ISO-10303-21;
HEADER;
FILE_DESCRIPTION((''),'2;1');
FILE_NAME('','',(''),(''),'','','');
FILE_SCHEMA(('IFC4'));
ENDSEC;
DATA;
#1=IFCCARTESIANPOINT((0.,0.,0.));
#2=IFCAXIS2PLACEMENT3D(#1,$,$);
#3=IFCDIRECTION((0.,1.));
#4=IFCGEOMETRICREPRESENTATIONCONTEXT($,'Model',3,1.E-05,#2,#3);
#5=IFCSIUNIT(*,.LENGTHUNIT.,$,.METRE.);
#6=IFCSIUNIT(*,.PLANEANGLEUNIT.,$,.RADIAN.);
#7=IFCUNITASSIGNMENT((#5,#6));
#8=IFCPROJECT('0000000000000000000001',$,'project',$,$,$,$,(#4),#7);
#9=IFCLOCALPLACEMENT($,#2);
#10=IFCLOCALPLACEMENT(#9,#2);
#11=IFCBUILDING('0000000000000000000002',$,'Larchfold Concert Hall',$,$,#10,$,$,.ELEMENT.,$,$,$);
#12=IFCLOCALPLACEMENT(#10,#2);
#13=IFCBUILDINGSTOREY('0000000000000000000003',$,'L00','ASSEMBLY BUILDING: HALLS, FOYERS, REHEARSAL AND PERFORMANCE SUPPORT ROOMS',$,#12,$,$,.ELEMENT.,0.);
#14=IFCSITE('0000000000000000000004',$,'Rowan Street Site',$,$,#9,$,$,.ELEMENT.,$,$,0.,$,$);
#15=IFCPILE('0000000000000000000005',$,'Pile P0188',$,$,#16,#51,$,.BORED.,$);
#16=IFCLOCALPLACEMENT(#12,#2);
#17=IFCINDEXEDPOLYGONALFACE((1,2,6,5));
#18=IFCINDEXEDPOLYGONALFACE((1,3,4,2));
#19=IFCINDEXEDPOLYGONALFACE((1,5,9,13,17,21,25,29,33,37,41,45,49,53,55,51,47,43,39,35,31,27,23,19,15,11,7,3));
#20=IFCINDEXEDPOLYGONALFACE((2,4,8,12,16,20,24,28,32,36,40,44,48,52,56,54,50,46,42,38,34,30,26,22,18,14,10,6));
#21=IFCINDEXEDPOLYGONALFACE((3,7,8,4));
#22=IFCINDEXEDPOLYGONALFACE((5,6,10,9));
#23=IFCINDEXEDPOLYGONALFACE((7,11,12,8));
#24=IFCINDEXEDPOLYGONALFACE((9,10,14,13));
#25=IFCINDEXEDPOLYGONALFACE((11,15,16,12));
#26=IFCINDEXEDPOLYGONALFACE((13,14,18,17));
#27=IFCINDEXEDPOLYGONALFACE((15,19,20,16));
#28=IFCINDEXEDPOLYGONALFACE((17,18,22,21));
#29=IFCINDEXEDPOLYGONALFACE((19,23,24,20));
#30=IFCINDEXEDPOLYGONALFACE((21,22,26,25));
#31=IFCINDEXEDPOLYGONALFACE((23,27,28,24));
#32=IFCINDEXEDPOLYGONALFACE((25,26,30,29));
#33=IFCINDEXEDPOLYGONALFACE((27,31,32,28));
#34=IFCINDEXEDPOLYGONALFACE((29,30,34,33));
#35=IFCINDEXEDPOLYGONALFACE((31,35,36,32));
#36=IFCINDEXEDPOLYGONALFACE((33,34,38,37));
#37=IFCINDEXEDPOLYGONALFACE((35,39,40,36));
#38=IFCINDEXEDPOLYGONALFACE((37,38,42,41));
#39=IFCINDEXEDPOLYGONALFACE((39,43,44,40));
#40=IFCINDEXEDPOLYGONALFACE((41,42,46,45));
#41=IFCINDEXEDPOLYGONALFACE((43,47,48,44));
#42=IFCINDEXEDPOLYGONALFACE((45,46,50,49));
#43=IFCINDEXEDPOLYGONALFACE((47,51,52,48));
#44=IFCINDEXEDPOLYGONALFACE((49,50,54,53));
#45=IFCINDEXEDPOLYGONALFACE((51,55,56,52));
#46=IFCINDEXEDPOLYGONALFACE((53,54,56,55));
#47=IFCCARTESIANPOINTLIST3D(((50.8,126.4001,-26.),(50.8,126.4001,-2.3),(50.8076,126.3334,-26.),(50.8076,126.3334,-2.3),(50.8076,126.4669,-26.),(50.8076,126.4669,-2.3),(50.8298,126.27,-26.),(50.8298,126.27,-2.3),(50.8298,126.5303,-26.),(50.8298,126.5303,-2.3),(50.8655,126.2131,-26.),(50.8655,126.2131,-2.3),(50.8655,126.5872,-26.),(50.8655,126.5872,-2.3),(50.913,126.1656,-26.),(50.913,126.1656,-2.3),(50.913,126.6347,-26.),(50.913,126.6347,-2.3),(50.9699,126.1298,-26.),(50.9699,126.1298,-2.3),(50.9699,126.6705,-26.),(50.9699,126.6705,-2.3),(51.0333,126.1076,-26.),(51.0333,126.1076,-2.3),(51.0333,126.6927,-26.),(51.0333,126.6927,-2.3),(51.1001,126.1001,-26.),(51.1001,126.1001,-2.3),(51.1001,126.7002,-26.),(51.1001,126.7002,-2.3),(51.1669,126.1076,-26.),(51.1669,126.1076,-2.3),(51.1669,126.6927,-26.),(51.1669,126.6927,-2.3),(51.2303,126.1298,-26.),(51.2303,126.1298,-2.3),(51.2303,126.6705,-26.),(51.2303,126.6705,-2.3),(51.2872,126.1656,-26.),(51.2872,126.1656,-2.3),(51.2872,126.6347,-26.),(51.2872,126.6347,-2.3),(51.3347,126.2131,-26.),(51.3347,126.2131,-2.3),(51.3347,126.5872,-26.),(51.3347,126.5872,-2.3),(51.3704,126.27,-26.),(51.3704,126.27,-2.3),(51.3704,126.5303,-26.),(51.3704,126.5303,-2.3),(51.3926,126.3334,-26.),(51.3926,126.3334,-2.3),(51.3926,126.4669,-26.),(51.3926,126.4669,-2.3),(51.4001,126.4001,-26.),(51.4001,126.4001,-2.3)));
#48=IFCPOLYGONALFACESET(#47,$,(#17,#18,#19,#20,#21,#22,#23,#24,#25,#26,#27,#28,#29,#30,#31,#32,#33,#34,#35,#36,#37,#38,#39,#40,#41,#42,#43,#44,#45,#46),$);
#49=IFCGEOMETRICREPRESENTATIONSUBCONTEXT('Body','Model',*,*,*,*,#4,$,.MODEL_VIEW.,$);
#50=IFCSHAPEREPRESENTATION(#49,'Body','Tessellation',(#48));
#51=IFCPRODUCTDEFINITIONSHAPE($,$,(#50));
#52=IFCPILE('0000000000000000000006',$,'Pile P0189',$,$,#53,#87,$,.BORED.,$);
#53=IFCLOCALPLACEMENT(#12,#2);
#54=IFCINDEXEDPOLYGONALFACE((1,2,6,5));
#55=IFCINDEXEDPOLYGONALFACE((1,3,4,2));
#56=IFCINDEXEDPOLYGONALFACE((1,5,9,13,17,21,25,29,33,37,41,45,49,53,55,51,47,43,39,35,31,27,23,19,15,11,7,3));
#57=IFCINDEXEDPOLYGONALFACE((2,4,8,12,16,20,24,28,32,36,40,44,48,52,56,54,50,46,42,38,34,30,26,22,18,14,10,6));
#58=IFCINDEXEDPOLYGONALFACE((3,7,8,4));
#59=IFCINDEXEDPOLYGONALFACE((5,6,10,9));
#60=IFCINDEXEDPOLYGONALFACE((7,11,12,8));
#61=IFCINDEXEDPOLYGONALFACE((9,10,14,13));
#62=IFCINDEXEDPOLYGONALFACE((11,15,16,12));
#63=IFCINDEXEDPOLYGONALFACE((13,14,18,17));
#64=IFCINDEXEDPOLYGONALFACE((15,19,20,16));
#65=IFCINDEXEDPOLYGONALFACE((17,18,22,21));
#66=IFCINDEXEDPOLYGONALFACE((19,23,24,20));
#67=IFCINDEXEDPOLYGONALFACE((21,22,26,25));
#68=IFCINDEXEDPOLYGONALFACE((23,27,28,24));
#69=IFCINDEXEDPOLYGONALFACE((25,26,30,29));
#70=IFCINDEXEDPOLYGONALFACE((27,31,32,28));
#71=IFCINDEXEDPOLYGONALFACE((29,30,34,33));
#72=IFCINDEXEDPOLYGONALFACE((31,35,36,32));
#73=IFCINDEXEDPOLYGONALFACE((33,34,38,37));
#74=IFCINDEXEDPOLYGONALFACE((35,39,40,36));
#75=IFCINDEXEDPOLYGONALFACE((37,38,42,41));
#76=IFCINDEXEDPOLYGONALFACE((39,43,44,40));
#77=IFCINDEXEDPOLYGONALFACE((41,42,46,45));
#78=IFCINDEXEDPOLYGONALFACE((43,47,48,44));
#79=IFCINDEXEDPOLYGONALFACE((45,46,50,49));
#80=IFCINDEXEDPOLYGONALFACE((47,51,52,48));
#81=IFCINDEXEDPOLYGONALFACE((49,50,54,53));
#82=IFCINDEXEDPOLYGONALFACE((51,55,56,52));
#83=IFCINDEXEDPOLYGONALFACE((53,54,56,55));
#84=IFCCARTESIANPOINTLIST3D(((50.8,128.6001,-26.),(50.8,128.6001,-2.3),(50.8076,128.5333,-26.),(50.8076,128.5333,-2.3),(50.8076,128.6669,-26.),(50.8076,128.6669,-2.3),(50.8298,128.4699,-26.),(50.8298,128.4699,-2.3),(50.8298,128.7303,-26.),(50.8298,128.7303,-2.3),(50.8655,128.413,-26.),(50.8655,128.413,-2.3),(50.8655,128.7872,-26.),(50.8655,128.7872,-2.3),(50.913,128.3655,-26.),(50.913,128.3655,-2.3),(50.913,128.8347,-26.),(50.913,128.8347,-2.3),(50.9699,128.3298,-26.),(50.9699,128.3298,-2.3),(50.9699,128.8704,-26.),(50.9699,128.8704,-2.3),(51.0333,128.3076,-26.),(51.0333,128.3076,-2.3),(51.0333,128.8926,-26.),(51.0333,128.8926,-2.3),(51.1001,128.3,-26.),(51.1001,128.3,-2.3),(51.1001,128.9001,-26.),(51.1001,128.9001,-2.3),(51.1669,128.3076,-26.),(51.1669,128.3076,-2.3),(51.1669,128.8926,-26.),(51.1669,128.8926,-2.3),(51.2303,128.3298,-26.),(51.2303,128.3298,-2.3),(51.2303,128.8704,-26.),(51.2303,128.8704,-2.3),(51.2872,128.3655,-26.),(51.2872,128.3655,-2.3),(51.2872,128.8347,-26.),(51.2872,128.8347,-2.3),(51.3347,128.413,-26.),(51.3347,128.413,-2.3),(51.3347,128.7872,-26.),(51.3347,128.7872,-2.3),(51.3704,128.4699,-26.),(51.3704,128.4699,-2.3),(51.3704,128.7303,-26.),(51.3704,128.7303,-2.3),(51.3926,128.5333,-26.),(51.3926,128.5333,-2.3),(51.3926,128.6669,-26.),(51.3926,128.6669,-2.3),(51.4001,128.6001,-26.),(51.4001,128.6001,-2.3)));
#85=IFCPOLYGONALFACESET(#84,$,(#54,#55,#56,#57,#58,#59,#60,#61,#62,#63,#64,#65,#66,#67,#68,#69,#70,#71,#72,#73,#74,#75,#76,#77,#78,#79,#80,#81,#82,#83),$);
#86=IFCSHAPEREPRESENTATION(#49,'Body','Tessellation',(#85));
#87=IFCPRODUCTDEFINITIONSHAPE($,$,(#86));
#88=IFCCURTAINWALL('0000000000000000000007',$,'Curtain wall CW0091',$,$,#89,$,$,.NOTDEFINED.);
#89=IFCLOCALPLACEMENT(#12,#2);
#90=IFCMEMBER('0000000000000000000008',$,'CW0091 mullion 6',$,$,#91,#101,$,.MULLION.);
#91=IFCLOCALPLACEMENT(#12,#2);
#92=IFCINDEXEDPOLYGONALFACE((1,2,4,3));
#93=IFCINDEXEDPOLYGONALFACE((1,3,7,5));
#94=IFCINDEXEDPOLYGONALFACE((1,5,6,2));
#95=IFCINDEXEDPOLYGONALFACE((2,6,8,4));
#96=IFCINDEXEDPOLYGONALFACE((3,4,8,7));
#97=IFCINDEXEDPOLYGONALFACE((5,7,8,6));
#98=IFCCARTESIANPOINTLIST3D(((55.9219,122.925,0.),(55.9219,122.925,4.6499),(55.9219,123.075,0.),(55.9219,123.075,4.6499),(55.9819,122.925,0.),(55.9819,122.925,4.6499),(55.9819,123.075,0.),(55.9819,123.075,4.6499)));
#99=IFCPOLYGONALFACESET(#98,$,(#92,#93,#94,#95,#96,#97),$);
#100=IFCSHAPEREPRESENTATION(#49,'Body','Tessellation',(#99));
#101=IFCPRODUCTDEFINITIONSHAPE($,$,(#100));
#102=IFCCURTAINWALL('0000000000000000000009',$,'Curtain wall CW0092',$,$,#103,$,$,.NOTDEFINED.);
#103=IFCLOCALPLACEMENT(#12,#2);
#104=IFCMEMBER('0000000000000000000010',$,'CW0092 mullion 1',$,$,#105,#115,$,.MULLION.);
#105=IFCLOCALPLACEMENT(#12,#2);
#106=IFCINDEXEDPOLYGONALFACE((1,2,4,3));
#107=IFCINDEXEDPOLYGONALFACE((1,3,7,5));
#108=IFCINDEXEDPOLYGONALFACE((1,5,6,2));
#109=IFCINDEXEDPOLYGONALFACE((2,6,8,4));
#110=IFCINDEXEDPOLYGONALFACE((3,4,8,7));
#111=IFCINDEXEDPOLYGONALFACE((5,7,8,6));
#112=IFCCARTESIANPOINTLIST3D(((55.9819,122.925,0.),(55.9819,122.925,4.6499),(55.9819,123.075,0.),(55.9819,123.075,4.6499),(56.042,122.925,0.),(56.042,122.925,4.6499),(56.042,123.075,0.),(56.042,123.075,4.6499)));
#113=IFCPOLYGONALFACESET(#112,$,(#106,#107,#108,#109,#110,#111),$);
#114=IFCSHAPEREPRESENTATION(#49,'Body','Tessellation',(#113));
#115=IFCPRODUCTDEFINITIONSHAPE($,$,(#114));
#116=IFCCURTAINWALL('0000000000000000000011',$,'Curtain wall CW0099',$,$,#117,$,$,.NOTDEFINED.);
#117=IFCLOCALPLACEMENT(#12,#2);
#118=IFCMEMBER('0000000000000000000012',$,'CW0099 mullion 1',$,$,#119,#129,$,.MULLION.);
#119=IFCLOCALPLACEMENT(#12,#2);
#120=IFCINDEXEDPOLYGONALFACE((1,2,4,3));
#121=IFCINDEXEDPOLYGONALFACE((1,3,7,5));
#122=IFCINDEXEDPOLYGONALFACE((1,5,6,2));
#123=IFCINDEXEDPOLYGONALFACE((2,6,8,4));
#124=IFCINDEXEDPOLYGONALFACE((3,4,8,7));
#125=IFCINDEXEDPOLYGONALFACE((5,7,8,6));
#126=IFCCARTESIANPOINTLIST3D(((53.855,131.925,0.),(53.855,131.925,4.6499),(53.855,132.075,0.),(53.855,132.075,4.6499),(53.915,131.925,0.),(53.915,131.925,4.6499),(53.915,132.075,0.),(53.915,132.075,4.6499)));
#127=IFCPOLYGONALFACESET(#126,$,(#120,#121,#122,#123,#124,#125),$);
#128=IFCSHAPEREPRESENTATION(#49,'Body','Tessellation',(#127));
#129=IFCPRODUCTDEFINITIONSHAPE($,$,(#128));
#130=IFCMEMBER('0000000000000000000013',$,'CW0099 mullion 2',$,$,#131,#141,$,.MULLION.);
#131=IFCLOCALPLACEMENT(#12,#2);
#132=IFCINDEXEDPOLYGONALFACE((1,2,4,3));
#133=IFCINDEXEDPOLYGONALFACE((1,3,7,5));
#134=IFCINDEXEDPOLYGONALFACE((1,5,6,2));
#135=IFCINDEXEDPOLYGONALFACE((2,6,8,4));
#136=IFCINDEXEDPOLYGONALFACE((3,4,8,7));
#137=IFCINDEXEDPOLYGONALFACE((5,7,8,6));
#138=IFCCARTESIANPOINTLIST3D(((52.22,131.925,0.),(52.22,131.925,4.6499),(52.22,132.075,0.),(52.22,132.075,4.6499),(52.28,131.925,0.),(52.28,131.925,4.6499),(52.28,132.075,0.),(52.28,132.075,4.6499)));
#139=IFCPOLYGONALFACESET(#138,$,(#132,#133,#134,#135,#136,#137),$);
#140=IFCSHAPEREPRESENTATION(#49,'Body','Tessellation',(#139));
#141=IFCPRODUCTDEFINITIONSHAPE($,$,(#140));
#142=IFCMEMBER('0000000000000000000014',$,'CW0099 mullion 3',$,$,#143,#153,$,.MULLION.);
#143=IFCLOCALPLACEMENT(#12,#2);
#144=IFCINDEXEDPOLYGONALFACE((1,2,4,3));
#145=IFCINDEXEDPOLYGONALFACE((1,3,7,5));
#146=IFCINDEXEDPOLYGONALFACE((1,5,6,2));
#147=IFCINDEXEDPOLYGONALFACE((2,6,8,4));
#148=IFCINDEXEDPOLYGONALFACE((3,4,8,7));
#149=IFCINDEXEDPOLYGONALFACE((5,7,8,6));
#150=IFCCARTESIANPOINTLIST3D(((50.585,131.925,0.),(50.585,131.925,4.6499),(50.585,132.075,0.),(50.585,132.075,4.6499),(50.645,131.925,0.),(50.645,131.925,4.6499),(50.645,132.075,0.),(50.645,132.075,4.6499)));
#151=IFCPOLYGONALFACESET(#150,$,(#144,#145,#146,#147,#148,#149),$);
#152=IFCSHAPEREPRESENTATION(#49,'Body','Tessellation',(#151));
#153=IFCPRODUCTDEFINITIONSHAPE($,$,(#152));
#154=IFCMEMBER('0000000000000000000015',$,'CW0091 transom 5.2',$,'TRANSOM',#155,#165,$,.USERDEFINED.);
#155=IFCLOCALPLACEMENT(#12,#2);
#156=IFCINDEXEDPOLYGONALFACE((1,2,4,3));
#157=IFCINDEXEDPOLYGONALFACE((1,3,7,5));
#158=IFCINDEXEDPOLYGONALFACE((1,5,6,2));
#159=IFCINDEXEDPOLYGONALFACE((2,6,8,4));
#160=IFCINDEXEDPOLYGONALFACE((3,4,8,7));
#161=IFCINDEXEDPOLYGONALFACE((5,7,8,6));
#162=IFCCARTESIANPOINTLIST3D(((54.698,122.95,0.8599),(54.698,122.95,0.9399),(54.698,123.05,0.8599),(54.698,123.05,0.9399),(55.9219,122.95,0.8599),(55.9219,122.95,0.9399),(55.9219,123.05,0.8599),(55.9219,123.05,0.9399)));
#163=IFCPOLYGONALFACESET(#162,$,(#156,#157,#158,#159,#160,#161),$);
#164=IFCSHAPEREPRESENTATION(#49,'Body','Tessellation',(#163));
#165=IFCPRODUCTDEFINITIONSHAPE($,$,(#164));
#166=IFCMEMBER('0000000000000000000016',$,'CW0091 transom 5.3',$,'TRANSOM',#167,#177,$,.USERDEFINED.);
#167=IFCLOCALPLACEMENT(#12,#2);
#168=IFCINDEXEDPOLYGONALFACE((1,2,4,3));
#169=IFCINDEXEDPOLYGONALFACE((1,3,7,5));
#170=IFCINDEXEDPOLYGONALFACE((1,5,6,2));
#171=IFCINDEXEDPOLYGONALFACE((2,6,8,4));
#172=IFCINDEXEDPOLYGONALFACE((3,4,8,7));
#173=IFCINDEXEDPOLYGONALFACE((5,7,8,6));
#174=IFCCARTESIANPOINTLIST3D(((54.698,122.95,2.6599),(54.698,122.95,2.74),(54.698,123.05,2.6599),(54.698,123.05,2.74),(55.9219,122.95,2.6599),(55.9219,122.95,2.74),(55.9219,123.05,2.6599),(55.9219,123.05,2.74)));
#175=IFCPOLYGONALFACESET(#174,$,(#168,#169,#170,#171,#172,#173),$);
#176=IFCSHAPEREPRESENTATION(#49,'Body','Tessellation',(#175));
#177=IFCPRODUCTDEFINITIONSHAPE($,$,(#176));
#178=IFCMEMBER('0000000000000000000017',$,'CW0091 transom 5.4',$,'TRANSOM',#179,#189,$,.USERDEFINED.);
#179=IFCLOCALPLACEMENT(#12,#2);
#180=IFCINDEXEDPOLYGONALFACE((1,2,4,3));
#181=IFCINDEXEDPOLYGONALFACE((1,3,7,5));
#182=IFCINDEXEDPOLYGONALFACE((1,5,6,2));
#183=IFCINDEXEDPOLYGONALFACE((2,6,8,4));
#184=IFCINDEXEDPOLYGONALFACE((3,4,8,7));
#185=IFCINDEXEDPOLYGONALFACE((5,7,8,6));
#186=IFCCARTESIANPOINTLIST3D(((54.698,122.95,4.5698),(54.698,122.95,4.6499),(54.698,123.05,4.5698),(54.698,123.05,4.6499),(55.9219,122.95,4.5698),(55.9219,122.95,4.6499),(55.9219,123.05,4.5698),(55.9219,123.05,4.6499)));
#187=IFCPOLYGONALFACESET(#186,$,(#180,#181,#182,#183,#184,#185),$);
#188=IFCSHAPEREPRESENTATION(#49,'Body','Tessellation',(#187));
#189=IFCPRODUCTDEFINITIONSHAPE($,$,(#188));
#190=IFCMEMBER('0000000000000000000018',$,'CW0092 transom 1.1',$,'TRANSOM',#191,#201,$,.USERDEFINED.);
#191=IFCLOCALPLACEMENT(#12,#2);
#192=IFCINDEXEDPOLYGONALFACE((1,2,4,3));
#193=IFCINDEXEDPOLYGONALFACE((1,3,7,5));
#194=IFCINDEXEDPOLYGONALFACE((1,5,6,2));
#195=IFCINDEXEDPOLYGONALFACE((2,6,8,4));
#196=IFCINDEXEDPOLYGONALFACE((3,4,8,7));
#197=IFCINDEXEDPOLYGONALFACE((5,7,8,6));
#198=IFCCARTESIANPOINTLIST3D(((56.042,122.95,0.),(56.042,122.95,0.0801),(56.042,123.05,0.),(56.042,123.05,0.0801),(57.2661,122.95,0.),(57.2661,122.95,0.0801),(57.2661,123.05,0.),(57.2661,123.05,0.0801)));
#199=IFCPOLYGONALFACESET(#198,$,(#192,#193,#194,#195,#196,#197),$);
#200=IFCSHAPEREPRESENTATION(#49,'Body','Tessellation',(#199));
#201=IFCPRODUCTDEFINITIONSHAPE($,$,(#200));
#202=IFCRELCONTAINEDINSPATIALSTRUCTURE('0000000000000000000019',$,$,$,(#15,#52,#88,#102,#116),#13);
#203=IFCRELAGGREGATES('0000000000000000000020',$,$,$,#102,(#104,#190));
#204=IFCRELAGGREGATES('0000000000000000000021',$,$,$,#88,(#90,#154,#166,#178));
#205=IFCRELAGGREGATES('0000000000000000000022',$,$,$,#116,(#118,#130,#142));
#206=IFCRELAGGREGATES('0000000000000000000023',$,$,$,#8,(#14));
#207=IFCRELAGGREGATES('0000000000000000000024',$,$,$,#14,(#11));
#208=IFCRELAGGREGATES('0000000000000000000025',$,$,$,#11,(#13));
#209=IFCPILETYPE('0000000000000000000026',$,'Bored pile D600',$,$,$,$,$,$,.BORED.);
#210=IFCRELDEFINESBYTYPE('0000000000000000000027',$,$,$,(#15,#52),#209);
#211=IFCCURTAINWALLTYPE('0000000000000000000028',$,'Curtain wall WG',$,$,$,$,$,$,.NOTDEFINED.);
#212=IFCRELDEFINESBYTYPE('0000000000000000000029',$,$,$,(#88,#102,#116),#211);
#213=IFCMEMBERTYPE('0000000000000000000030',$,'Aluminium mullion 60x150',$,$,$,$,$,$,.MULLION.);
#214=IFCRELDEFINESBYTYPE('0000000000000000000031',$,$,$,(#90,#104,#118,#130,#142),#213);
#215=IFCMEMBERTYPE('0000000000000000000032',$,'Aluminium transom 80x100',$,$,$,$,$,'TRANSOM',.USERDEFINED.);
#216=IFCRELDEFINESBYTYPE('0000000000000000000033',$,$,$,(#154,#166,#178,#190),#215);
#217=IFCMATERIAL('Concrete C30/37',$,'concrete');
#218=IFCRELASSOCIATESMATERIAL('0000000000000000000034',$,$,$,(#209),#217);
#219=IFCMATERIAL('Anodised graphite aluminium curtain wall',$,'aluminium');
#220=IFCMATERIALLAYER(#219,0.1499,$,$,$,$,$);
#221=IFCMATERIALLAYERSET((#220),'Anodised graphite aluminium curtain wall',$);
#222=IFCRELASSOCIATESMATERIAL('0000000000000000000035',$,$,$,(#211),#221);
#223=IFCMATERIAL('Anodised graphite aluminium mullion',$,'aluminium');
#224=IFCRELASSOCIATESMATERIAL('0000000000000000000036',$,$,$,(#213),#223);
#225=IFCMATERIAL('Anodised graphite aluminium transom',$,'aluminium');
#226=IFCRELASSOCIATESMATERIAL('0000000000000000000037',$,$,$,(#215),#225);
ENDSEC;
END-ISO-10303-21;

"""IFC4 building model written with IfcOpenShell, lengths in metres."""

from ifc_helpers import new_model, si_unit, direction, frame, origin, origin_2d, place, context, subcontext, project, spatial, rectangle, circle, extrude, material, layer, layer_set, material_profile, profile_set, type_object, element, aggregate, save


model = new_model("IFC4")

# Units and contexts
model_context = context("Model", 3, precision=1e-05, world=origin(), true_north=direction((0.0, 1.0)))
body_context = subcontext(model_context, "Body", "Model", "MODEL_VIEW")
ifc_project = project(units=[si_unit("LENGTHUNIT", "METRE"), si_unit("PLANEANGLEUNIT", "RADIAN")], contexts=[model_context])

# Site, building, storey
site_placement = place(None, origin())
site = spatial("IfcSite", under=ifc_project, at=site_placement, Name="Rowan Street Site", CompositionType="ELEMENT", RefElevation=0.0)
building_placement = place(site_placement, origin())
building = spatial("IfcBuilding", under=site, at=building_placement, Name="Larchfold Concert Hall", CompositionType="ELEMENT")
storey_placement = place(building_placement, origin())
storey = spatial("IfcBuildingStorey", under=building, at=storey_placement, Name="L00", Description="ASSEMBLY BUILDING: HALLS, FOYERS, REHEARSAL AND PERFORMANCE SUPPORT ROOMS", CompositionType="ELEMENT", Elevation=0.0)

# Piles
ifc_material_1 = material(Name="Concrete C30/37", Category="concrete")
ifc_material_profile_1 = material_profile(ifc_material_1, circle(Radius=0.3, at=origin_2d()))
ifc_profile_set_1 = profile_set([ifc_material_profile_1], Name="Concrete C30/37")
pile_type = type_object("IfcPileType", Name="Bored pile D600", PredefinedType="BORED", material=ifc_profile_set_1)
for number, where, z_axis, x_axis, name in (
    (1, (51.1001, 126.4001, -2.3), (0.0, 0.0, -1.0), (1.0, 0.0, 0.0), "Pile P0188"),
    (2, (51.1001, 128.6001, -2.3), (0.0, 0.0, -1.0), (1.0, 0.0, 0.0), "Pile P0189"),
):
    element("IfcPile", number, at=place(storey_placement, frame(where, z_axis=z_axis, x_axis=x_axis)), inside=storey, type_object=pile_type, Name=name, PredefinedType="BORED", context=body_context, shape_type="SweptSolid", body=[
        extrude(circle(Radius=0.3, at=origin_2d()), origin(), (0.0, 0.0, 1.0), 23.7),
    ])

# Curtain walls, members
ifc_material_2 = material(Name="Anodised graphite aluminium curtain wall", Category="aluminium")
ifc_layer_1 = layer(ifc_material_2, 0.1499)
ifc_layer_set_1 = layer_set([ifc_layer_1], Name="Anodised graphite aluminium curtain wall")
curtain_wall_type = type_object("IfcCurtainWallType", Name="Curtain wall WG", PredefinedType="NOTDEFINED", material=ifc_layer_set_1)
curtain_wall_1_placement = place(storey_placement, origin())
curtain_wall_1 = element("IfcCurtainWall", 3, at=curtain_wall_1_placement, inside=storey, type_object=curtain_wall_type, Name="Curtain wall CW0091", PredefinedType="NOTDEFINED")
ifc_material_3 = material(Name="Anodised graphite aluminium mullion", Category="aluminium")
ifc_material_profile_2 = material_profile(ifc_material_3, rectangle(XDim=0.1499, YDim=0.0601, at=origin_2d()))
ifc_profile_set_2 = profile_set([ifc_material_profile_2], Name="Anodised graphite aluminium mullion")
member_type_1 = type_object("IfcMemberType", Name="Aluminium mullion 60x150", PredefinedType="MULLION", material=ifc_profile_set_2)
member_1_placement = place(storey_placement, frame((55.9519, 123.0, 0.0), z_axis=(0.0, 0.0, 1.0), x_axis=(0.0, 1.0, 0.0)))
member_1 = element("IfcMember", 4, at=member_1_placement, type_object=member_type_1, Name="CW0091 mullion 6", PredefinedType="MULLION", context=body_context, shape_type="SweptSolid", body=[
    extrude(rectangle(XDim=0.1499, YDim=0.0601, at=origin_2d()), origin(), (0.0, 0.0, 1.0), 4.6499),
])
curtain_wall_2_placement = place(storey_placement, origin())
curtain_wall_2 = element("IfcCurtainWall", 5, at=curtain_wall_2_placement, inside=storey, type_object=curtain_wall_type, Name="Curtain wall CW0092", PredefinedType="NOTDEFINED")
member_2_placement = place(storey_placement, frame((56.012, 123.0, 0.0), z_axis=(0.0, 0.0, 1.0), x_axis=(0.0, 1.0, 0.0)))
member_2 = element("IfcMember", 6, at=member_2_placement, type_object=member_type_1, Name="CW0092 mullion 1", PredefinedType="MULLION", context=body_context, shape_type="SweptSolid", body=[
    extrude(rectangle(XDim=0.1499, YDim=0.0601, at=origin_2d()), origin(), (0.0, 0.0, 1.0), 4.6499),
])

# Curtain wall, members
curtain_wall_3_placement = place(storey_placement, origin())
curtain_wall_3 = element("IfcCurtainWall", 7, at=curtain_wall_3_placement, inside=storey, type_object=curtain_wall_type, Name="Curtain wall CW0099", PredefinedType="NOTDEFINED")
member_3_placement = place(storey_placement, frame((53.885, 132.0, 0.0), z_axis=(0.0, 0.0, 1.0), x_axis=(0.0, -1.0, 0.0)))
member_3 = element("IfcMember", 8, at=member_3_placement, type_object=member_type_1, Name="CW0099 mullion 1", PredefinedType="MULLION", context=body_context, shape_type="SweptSolid", body=[
    extrude(rectangle(XDim=0.1499, YDim=0.0601, at=origin_2d()), origin(), (0.0, 0.0, 1.0), 4.6499),
])
member_4_placement = place(storey_placement, frame((52.25, 132.0, 0.0), z_axis=(0.0, 0.0, 1.0), x_axis=(0.0, -1.0, 0.0)))
member_4 = element("IfcMember", 9, at=member_4_placement, type_object=member_type_1, Name="CW0099 mullion 2", PredefinedType="MULLION", context=body_context, shape_type="SweptSolid", body=[
    extrude(rectangle(XDim=0.1499, YDim=0.0601, at=origin_2d()), origin(), (0.0, 0.0, 1.0), 4.6499),
])
member_5_placement = place(storey_placement, frame((50.615, 132.0, 0.0), z_axis=(0.0, 0.0, 1.0), x_axis=(0.0, -1.0, 0.0)))
member_5 = element("IfcMember", 10, at=member_5_placement, type_object=member_type_1, Name="CW0099 mullion 3", PredefinedType="MULLION", context=body_context, shape_type="SweptSolid", body=[
    extrude(rectangle(XDim=0.1499, YDim=0.0601, at=origin_2d()), origin(), (0.0, 0.0, 1.0), 4.6499),
])

# Members
ifc_material_4 = material(Name="Anodised graphite aluminium transom", Category="aluminium")
ifc_material_profile_3 = material_profile(ifc_material_4, rectangle(XDim=0.1001, YDim=0.0801, at=origin_2d()))
ifc_profile_set_3 = profile_set([ifc_material_profile_3], Name="Anodised graphite aluminium transom")
member_type_2 = type_object("IfcMemberType", Name="Aluminium transom 80x100", ElementType="TRANSOM", PredefinedType="USERDEFINED", material=ifc_profile_set_3)
member_6_placement = place(storey_placement, frame((54.698, 123.0, 0.8999), z_axis=(1.0, 0.0, 0.0), x_axis=(0.0, 1.0, 0.0)))
member_6 = element("IfcMember", 11, at=member_6_placement, type_object=member_type_2, Name="CW0091 transom 5.2", ObjectType="TRANSOM", PredefinedType="USERDEFINED", context=body_context, shape_type="SweptSolid", body=[
    extrude(rectangle(XDim=0.1001, YDim=0.0801, at=origin_2d()), origin(), (0.0, 0.0, 1.0), 1.2239),
])
member_7_placement = place(storey_placement, frame((54.698, 123.0, 2.7), z_axis=(1.0, 0.0, 0.0), x_axis=(0.0, 1.0, 0.0)))
member_7 = element("IfcMember", 12, at=member_7_placement, type_object=member_type_2, Name="CW0091 transom 5.3", ObjectType="TRANSOM", PredefinedType="USERDEFINED", context=body_context, shape_type="SweptSolid", body=[
    extrude(rectangle(XDim=0.1001, YDim=0.0801, at=origin_2d()), origin(), (0.0, 0.0, 1.0), 1.2239),
])
member_8_placement = place(storey_placement, frame((54.698, 123.0, 4.6099), z_axis=(1.0, 0.0, 0.0), x_axis=(0.0, 1.0, 0.0)))
member_8 = element("IfcMember", 13, at=member_8_placement, type_object=member_type_2, Name="CW0091 transom 5.4", ObjectType="TRANSOM", PredefinedType="USERDEFINED", context=body_context, shape_type="SweptSolid", body=[
    extrude(rectangle(XDim=0.1001, YDim=0.0801, at=origin_2d()), origin(), (0.0, 0.0, 1.0), 1.2239),
])
member_9_placement = place(storey_placement, frame((56.042, 123.0, 0.04), z_axis=(1.0, 0.0, 0.0), x_axis=(0.0, 1.0, 0.0)))
member_9 = element("IfcMember", 14, at=member_9_placement, type_object=member_type_2, Name="CW0092 transom 1.1", ObjectType="TRANSOM", PredefinedType="USERDEFINED", context=body_context, shape_type="SweptSolid", body=[
    extrude(rectangle(XDim=0.1001, YDim=0.0801, at=origin_2d()), origin(), (0.0, 0.0, 1.0), 1.2241),
])
aggregate(curtain_wall_2, [member_2, member_9])

aggregate(curtain_wall_1, [member_1, member_6, member_7, member_8])
aggregate(curtain_wall_3, [member_3, member_4, member_5])

save(model, "model.ifc")
